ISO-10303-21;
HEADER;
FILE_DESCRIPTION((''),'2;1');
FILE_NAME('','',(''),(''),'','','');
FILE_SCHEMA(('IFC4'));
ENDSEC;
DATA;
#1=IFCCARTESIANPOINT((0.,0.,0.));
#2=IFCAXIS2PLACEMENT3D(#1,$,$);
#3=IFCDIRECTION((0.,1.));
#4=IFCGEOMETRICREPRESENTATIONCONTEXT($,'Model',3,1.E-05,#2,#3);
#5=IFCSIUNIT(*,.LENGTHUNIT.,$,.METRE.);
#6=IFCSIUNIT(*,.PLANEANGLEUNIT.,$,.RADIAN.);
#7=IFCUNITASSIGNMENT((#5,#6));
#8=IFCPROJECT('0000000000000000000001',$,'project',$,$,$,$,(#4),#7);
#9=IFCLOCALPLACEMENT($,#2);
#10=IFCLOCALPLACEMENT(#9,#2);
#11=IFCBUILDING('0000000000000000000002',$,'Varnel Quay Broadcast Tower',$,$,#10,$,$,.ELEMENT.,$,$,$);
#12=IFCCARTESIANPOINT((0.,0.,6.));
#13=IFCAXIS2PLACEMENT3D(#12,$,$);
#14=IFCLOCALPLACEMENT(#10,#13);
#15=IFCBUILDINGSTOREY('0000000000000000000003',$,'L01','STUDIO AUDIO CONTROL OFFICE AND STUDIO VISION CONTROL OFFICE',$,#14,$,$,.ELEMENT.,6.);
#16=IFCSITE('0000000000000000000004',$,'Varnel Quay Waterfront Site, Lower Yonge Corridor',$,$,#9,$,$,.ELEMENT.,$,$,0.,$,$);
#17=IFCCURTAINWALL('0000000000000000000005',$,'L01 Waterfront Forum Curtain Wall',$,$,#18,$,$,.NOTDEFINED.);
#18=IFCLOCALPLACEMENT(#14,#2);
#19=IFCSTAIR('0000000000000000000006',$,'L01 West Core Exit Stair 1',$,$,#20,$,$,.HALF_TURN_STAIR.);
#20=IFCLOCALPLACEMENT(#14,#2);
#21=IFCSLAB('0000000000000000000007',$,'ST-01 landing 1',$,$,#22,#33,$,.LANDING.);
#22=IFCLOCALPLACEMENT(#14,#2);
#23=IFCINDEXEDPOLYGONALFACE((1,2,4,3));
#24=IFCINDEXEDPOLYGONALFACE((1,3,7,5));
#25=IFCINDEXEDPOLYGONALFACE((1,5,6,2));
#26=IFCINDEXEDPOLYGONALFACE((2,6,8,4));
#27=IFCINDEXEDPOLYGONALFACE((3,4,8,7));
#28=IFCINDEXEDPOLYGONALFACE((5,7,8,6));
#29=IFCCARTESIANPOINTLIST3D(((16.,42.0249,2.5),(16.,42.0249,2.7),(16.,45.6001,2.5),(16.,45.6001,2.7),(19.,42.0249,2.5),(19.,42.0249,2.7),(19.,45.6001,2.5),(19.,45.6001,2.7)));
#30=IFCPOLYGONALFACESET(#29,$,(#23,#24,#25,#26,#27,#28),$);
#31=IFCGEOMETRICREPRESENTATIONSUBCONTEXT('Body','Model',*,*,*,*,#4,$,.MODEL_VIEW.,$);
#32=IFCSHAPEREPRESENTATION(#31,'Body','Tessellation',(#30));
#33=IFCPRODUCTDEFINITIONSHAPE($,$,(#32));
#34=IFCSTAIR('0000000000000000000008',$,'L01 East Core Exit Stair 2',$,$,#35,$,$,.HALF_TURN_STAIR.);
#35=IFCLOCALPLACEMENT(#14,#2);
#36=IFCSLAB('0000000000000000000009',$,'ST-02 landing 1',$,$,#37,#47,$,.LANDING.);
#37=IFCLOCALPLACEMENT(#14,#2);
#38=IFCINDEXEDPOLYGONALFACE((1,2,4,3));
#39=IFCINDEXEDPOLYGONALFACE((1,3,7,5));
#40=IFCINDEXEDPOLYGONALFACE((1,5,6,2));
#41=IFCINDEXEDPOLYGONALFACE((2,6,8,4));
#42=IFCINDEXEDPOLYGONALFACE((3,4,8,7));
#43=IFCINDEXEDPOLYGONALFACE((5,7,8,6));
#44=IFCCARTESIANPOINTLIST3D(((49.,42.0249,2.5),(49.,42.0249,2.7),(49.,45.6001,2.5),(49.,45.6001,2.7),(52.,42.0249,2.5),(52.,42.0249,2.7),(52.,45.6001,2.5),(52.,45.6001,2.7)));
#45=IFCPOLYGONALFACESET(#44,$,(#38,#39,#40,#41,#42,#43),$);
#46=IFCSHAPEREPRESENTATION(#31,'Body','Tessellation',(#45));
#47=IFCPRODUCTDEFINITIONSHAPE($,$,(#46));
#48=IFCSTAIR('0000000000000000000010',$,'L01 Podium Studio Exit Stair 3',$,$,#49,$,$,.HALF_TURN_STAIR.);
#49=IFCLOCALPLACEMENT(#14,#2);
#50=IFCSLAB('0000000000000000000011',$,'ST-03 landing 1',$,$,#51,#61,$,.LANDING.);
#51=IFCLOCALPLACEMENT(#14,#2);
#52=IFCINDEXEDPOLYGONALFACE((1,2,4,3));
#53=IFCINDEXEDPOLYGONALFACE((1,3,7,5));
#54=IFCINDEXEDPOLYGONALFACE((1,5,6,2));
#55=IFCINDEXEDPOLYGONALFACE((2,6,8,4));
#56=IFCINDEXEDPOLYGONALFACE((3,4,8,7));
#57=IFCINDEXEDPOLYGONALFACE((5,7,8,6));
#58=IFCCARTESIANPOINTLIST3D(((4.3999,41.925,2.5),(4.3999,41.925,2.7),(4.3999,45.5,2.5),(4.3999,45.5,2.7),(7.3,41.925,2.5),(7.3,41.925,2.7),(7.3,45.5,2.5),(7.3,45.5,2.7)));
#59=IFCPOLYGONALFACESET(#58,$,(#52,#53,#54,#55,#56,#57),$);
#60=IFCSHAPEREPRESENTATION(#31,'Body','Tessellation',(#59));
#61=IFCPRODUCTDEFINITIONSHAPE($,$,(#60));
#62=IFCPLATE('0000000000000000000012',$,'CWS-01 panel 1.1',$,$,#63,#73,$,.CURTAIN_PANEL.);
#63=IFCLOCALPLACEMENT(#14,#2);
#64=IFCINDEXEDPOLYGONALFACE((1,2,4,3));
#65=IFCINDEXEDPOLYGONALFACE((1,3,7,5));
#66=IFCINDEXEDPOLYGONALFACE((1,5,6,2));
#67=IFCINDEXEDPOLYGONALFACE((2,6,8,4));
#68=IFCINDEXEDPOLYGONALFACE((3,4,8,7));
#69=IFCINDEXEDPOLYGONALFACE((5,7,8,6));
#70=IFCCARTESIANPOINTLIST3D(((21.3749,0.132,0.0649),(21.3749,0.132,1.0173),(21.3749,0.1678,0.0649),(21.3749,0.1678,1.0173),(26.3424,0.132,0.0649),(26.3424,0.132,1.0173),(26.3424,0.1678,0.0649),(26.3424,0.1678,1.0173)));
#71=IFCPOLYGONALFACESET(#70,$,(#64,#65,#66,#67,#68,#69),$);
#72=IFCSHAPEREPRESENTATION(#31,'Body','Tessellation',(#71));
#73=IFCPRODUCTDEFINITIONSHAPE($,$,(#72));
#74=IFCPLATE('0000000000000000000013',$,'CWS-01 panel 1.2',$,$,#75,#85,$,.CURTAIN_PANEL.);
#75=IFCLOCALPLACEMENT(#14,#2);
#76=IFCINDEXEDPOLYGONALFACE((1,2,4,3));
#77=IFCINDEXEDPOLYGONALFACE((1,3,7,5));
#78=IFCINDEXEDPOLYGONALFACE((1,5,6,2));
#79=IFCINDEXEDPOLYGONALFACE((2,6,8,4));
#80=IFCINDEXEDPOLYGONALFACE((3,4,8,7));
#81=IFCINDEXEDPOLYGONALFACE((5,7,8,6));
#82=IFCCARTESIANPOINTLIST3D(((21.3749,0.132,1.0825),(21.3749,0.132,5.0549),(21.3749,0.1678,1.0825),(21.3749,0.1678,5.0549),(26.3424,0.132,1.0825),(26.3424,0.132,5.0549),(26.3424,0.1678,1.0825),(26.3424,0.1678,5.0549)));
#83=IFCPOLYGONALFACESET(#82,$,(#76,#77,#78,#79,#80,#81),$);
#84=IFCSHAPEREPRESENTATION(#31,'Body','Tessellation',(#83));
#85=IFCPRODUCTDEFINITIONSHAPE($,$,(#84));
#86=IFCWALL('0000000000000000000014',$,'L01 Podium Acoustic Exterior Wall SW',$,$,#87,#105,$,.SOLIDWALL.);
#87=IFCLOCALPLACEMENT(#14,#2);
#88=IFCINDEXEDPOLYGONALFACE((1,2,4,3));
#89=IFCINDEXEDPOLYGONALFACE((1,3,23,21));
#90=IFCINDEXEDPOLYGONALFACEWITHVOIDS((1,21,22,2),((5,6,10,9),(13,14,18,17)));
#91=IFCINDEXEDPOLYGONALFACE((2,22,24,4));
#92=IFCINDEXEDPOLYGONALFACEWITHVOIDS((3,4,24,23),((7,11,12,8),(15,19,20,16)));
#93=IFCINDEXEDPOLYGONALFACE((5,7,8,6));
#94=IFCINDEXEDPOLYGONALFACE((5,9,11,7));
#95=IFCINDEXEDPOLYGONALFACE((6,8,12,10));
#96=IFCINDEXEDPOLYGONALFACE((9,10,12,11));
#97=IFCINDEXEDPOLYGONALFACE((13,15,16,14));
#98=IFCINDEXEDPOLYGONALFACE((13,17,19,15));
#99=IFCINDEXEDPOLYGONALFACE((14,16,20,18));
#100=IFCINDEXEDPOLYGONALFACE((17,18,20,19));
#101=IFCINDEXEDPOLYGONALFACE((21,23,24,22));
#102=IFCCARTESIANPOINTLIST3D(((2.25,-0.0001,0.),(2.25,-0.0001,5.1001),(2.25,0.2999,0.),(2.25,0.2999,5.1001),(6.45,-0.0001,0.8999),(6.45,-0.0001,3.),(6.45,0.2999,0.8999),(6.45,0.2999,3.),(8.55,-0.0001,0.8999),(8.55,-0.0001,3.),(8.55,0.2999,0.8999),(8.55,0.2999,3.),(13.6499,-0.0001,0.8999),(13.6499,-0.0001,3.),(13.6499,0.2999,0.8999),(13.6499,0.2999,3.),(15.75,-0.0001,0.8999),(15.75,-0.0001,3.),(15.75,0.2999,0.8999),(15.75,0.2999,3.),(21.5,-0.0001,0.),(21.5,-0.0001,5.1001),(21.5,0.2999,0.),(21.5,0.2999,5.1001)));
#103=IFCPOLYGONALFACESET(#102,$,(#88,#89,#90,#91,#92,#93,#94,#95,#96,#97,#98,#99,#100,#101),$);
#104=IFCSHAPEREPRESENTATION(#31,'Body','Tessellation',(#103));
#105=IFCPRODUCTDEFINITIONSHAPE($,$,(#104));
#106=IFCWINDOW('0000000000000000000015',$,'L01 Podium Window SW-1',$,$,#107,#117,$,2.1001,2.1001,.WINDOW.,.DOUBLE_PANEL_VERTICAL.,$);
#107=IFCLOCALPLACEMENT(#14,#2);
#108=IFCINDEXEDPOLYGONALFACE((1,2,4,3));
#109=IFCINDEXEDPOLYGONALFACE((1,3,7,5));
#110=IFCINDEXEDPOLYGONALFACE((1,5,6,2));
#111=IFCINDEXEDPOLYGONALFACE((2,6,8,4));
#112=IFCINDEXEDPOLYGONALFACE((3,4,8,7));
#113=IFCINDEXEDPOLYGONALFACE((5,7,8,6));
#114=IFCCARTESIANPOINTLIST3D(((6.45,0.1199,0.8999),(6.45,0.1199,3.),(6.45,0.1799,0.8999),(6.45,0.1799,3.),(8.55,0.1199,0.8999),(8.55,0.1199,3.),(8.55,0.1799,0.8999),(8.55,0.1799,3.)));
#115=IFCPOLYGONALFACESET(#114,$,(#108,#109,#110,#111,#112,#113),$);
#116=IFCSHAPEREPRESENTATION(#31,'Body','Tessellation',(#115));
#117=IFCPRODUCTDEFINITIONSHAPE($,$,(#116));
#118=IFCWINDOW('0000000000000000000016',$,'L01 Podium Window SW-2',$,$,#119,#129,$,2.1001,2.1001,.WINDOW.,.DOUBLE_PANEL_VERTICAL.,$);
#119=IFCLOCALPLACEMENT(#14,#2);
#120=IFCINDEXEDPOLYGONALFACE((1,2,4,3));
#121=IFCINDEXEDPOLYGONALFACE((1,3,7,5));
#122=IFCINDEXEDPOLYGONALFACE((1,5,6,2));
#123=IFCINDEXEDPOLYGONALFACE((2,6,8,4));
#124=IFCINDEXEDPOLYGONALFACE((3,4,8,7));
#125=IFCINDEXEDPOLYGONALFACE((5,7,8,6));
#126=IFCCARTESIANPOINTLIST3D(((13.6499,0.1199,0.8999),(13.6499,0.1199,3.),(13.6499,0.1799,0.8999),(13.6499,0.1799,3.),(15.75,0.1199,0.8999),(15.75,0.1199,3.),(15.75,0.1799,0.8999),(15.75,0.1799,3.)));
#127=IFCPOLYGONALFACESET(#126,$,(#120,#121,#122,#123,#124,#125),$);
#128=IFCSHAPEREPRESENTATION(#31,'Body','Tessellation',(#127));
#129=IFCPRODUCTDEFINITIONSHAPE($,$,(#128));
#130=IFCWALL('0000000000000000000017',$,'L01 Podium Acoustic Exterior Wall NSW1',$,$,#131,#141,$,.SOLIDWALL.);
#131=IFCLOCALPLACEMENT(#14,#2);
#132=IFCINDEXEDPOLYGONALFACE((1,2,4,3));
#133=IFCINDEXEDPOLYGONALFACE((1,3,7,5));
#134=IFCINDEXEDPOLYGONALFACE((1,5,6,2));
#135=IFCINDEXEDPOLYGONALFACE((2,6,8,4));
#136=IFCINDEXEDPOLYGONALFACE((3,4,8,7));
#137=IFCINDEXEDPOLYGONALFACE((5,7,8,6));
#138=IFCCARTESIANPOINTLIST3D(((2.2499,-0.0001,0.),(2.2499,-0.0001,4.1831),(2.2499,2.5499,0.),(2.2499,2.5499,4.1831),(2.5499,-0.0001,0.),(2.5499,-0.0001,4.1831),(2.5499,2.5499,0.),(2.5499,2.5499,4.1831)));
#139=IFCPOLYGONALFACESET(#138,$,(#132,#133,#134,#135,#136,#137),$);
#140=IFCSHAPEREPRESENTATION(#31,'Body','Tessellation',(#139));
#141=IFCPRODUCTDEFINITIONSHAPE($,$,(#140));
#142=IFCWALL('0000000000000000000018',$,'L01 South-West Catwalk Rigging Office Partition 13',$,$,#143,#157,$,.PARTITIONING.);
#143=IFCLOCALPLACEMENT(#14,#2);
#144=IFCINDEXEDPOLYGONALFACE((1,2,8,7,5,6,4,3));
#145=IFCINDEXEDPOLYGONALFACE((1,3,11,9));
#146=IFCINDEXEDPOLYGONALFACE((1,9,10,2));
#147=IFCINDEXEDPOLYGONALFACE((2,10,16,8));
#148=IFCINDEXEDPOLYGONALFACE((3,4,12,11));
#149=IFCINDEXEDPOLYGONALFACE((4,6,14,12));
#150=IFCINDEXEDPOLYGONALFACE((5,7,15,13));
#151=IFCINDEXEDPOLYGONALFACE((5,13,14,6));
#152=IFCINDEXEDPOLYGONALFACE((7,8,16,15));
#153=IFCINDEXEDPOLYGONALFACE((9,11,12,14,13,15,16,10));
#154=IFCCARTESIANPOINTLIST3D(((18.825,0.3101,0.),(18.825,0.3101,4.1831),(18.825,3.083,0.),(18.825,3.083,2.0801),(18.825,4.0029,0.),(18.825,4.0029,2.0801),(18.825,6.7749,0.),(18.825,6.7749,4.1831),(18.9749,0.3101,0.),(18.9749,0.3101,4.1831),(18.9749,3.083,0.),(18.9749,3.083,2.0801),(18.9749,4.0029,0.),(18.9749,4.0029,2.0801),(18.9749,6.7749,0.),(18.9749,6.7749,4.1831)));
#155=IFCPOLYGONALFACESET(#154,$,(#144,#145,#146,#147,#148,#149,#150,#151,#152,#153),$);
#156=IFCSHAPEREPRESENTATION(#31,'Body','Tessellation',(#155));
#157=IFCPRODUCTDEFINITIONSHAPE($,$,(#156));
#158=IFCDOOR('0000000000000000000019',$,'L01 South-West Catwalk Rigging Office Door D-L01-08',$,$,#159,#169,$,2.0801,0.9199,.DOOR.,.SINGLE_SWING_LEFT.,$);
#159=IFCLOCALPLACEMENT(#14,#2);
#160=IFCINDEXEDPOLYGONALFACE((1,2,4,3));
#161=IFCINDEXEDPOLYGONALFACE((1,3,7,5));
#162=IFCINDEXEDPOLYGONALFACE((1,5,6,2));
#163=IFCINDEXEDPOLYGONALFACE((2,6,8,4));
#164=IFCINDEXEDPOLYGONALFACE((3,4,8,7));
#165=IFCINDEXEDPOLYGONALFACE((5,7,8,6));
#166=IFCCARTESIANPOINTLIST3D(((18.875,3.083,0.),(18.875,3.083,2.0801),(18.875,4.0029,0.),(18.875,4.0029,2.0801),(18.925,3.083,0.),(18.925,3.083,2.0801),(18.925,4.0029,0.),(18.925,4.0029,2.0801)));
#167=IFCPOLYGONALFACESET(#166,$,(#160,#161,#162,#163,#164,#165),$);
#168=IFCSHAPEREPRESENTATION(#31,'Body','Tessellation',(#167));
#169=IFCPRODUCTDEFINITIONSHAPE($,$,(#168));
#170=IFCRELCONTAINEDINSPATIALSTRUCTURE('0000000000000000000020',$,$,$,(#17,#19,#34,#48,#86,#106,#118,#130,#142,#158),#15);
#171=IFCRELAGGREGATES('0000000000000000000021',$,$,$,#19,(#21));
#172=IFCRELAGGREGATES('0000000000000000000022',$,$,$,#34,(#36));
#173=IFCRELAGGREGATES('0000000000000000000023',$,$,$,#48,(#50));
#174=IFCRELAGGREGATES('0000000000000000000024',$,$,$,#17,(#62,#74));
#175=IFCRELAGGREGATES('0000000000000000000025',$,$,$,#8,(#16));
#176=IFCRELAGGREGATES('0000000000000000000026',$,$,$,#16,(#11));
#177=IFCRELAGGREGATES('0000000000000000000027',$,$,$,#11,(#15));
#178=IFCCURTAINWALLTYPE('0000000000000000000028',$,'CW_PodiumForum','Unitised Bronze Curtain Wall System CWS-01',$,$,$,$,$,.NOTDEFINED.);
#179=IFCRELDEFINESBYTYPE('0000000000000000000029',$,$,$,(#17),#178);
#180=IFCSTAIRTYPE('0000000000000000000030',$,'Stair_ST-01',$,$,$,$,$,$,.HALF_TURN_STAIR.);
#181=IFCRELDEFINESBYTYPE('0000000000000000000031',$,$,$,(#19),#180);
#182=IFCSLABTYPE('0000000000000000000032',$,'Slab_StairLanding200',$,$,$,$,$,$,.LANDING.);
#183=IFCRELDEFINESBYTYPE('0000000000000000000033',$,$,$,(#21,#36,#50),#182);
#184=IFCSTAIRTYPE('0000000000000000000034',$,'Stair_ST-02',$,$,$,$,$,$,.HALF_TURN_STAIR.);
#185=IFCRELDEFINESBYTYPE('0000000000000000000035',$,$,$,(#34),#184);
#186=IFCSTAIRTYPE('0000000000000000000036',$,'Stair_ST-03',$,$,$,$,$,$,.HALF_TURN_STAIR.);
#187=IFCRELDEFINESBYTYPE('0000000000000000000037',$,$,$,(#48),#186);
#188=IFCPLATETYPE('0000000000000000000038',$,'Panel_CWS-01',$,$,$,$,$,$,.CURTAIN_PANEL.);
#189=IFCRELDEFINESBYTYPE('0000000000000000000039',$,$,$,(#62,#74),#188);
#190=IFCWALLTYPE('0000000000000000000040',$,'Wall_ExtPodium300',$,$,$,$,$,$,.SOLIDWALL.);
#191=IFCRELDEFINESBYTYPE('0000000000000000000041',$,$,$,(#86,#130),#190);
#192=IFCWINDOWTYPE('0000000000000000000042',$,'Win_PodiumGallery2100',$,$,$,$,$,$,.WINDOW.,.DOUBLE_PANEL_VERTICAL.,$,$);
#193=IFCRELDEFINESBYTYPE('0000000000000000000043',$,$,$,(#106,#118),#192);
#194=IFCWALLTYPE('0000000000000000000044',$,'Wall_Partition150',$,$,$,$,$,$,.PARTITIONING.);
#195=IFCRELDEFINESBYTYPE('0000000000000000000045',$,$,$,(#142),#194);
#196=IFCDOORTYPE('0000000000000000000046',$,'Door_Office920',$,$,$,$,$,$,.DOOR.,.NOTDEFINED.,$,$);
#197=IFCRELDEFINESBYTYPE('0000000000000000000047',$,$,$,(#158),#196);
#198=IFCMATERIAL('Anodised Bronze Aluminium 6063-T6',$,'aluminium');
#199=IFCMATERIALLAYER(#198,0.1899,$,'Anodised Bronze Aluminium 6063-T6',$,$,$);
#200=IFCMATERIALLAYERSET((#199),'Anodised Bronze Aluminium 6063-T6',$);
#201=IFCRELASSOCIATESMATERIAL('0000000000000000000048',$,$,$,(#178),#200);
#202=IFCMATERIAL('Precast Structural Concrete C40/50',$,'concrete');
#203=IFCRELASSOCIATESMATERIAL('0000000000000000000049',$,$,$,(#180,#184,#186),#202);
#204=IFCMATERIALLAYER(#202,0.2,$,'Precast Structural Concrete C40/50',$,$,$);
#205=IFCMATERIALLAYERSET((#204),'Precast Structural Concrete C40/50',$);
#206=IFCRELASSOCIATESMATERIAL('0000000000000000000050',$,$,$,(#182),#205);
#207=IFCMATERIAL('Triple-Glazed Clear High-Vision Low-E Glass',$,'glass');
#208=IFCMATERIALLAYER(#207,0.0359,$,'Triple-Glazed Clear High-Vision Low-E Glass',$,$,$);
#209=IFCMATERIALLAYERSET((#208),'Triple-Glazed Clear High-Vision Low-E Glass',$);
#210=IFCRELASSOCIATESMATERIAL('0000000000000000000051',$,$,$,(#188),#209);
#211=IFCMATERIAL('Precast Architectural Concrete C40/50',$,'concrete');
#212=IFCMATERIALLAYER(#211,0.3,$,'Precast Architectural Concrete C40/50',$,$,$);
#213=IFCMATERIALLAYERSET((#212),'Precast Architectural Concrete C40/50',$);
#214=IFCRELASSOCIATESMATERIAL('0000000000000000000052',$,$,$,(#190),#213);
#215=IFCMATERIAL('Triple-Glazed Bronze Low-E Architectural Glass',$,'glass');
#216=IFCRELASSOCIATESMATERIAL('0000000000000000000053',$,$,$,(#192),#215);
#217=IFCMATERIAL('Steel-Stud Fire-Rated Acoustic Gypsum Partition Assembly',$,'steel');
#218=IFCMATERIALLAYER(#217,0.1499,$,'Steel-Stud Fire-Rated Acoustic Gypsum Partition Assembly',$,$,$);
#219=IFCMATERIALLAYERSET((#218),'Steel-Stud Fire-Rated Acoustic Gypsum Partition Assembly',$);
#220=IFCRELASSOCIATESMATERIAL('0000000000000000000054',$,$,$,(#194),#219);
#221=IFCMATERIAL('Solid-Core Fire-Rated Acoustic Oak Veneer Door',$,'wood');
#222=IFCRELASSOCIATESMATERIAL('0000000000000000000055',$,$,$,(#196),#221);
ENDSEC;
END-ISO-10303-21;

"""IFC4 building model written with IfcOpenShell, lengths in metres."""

from ifc_helpers import new_model, si_unit, direction, frame, frame_2d, origin, origin_2d, place, context, subcontext, project, spatial, polyline, rectangle, outline, extrude, source, transform, mapped, material, layer, layer_set, type_object, type_shapes, element, fill, aggregate, save


model = new_model("IFC4")

# Units and contexts
model_context = context("Model", 3, precision=1e-05, world=origin(), true_north=direction((0.0, 1.0)))
body_context = subcontext(model_context, "Body", "Model", "MODEL_VIEW")
ifc_project = project(units=[si_unit("LENGTHUNIT", "METRE"), si_unit("PLANEANGLEUNIT", "RADIAN")], contexts=[model_context])

# Site, building, storey
site_placement = place(None, origin())
site = spatial("IfcSite", under=ifc_project, at=site_placement, Name="Varnel Quay Waterfront Site, Lower Yonge Corridor", CompositionType="ELEMENT", RefElevation=0.0)
building_placement = place(site_placement, origin())
building = spatial("IfcBuilding", under=site, at=building_placement, Name="Varnel Quay Broadcast Tower", CompositionType="ELEMENT")
storey_placement = place(building_placement, frame((0.0, 0.0, 6.0)))
storey = spatial("IfcBuildingStorey", under=building, at=storey_placement, Name="L01", Description="STUDIO AUDIO CONTROL OFFICE AND STUDIO VISION CONTROL OFFICE", CompositionType="ELEMENT", Elevation=6.0)

# Curtain wall
ifc_material_1 = material(Name="Anodised Bronze Aluminium 6063-T6", Category="aluminium")
ifc_layer_1 = layer(ifc_material_1, 0.1899, Name="Anodised Bronze Aluminium 6063-T6")
ifc_layer_set_1 = layer_set([ifc_layer_1], Name="Anodised Bronze Aluminium 6063-T6")
curtain_wall_type = type_object("IfcCurtainWallType", Name="CW_PodiumForum", Description="Unitised Bronze Curtain Wall System CWS-01", PredefinedType="NOTDEFINED", material=ifc_layer_set_1)
curtain_wall_placement = place(storey_placement, origin())
curtain_wall = element("IfcCurtainWall", 1, at=curtain_wall_placement, inside=storey, type_object=curtain_wall_type, Name="L01 Waterfront Forum Curtain Wall", PredefinedType="NOTDEFINED")

# Stairs, slabs
ifc_material_2 = material(Name="Precast Structural Concrete C40/50", Category="concrete")
stair_type_1 = type_object("IfcStairType", Name="Stair_ST-01", PredefinedType="HALF_TURN_STAIR", material=ifc_material_2)
stair_1_placement = place(storey_placement, origin())
stair_1 = element("IfcStair", 2, at=stair_1_placement, inside=storey, type_object=stair_type_1, Name="L01 West Core Exit Stair 1", PredefinedType="HALF_TURN_STAIR")
ifc_layer_2 = layer(ifc_material_2, 0.2, Name="Precast Structural Concrete C40/50")
ifc_layer_set_2 = layer_set([ifc_layer_2], Name="Precast Structural Concrete C40/50")
slab_type_1 = type_object("IfcSlabType", Name="Slab_StairLanding200", PredefinedType="LANDING", material=ifc_layer_set_2)
slab_1_placement = place(storey_placement, frame((0.0, 0.0, 2.5)))
slab_1 = element("IfcSlab", 3, at=slab_1_placement, type_object=slab_type_1, Name="ST-01 landing 1", PredefinedType="LANDING", context=body_context, shape_type="SweptSolid", body=[
    extrude(outline(polyline([(19.0, 42.0249), (19.0, 45.6001), (16.0, 45.6001), (16.0, 42.0249), (19.0, 42.0249)])), origin(), (0.0, 0.0, 1.0), 0.2),
])
aggregate(stair_1, [slab_1])
stair_type_2 = type_object("IfcStairType", Name="Stair_ST-02", PredefinedType="HALF_TURN_STAIR", material=ifc_material_2)
stair_2_placement = place(storey_placement, origin())
stair_2 = element("IfcStair", 4, at=stair_2_placement, inside=storey, type_object=stair_type_2, Name="L01 East Core Exit Stair 2", PredefinedType="HALF_TURN_STAIR")
slab_2_placement = place(storey_placement, frame((0.0, 0.0, 2.5)))
slab_2 = element("IfcSlab", 5, at=slab_2_placement, type_object=slab_type_1, Name="ST-02 landing 1", PredefinedType="LANDING", context=body_context, shape_type="SweptSolid", body=[
    extrude(outline(polyline([(52.0, 42.0249), (52.0, 45.6001), (49.0, 45.6001), (49.0, 42.0249), (52.0, 42.0249)])), origin(), (0.0, 0.0, 1.0), 0.2),
])
aggregate(stair_2, [slab_2])
stair_type_3 = type_object("IfcStairType", Name="Stair_ST-03", PredefinedType="HALF_TURN_STAIR", material=ifc_material_2)
stair_3_placement = place(storey_placement, origin())
stair_3 = element("IfcStair", 6, at=stair_3_placement, inside=storey, type_object=stair_type_3, Name="L01 Podium Studio Exit Stair 3", PredefinedType="HALF_TURN_STAIR")
slab_3_placement = place(storey_placement, frame((0.0, 0.0, 2.5)))
slab_3 = element("IfcSlab", 7, at=slab_3_placement, type_object=slab_type_1, Name="ST-03 landing 1", PredefinedType="LANDING", context=body_context, shape_type="SweptSolid", body=[
    extrude(outline(polyline([(7.3, 41.925), (7.3, 45.5), (4.3999, 45.5), (4.3999, 41.925), (7.3, 41.925)])), origin(), (0.0, 0.0, 1.0), 0.2),
])
aggregate(stair_3, [slab_3])

# Plates
ifc_material_3 = material(Name="Triple-Glazed Clear High-Vision Low-E Glass", Category="glass")
ifc_layer_3 = layer(ifc_material_3, 0.0359, Name="Triple-Glazed Clear High-Vision Low-E Glass")
ifc_layer_set_3 = layer_set([ifc_layer_3], Name="Triple-Glazed Clear High-Vision Low-E Glass")
plate_type = type_object("IfcPlateType", Name="Panel_CWS-01", PredefinedType="CURTAIN_PANEL", material=ifc_layer_set_3)
shared_shape_1 = source(origin(), body_context, "Body", "SweptSolid", [
    extrude(rectangle(XDim=4.9675, YDim=0.0359, at=origin_2d()), origin(), (0.0, 0.0, 1.0), 0.9524),
])
plate_1_placement = place(storey_placement, frame((23.8586, 0.1499, 0.0649), z_axis=(0.0, 0.0, 1.0), x_axis=(1.0, 0.0, 0.0)))
plate_1 = element("IfcPlate", 8, at=plate_1_placement, type_object=plate_type, Name="CWS-01 panel 1.1", PredefinedType="CURTAIN_PANEL", context=body_context, shape_type="MappedRepresentation", body=[
    mapped(shared_shape_1, transform((0.0, 0.0, 0.0), x_axis=(1.0, 0.0, 0.0), y_axis=(0.0, 1.0, 0.0), z_axis=(0.0, 0.0, 1.0), scale=1.0)),
])
shared_shape_2 = source(origin(), body_context, "Body", "SweptSolid", [
    extrude(rectangle(XDim=4.9675, YDim=0.0359, at=origin_2d()), origin(), (0.0, 0.0, 1.0), 3.9724),
])
type_shapes(plate_type, [shared_shape_1, shared_shape_2])
plate_2_placement = place(storey_placement, frame((23.8586, 0.1499, 1.0825), z_axis=(0.0, 0.0, 1.0), x_axis=(1.0, 0.0, 0.0)))
plate_2 = element("IfcPlate", 9, at=plate_2_placement, type_object=plate_type, Name="CWS-01 panel 1.2", PredefinedType="CURTAIN_PANEL", context=body_context, shape_type="MappedRepresentation", body=[
    mapped(shared_shape_2, transform((0.0, 0.0, 0.0), x_axis=(1.0, 0.0, 0.0), y_axis=(0.0, 1.0, 0.0), z_axis=(0.0, 0.0, 1.0), scale=1.0)),
])
aggregate(curtain_wall, [plate_1, plate_2])

# Wall, openings, windows
ifc_material_4 = material(Name="Precast Architectural Concrete C40/50", Category="concrete")
ifc_layer_4 = layer(ifc_material_4, 0.3, Name="Precast Architectural Concrete C40/50")
ifc_layer_set_4 = layer_set([ifc_layer_4], Name="Precast Architectural Concrete C40/50")
wall_type_1 = type_object("IfcWallType", Name="Wall_ExtPodium300", PredefinedType="SOLIDWALL", material=ifc_layer_set_4)
wall_1_placement = place(storey_placement, frame((2.25, 0.1499, 0.0), z_axis=(0.0, 0.0, 1.0), x_axis=(1.0, 0.0, 0.0)))
wall_1 = element("IfcWall", 10, at=wall_1_placement, inside=storey, type_object=wall_type_1, Name="L01 Podium Acoustic Exterior Wall SW", PredefinedType="SOLIDWALL", context=body_context, shape_type="SweptSolid", body=[
    extrude(rectangle(XDim=19.25, YDim=0.3, at=frame_2d((9.625, 0.0))), origin(), (0.0, 0.0, 1.0), 5.1001),
])
opening_1_placement = place(wall_1_placement, frame((4.2, 0.0, 0.8999)))
opening_1 = element("IfcOpeningElement", 11, at=opening_1_placement, cuts=wall_1, PredefinedType="OPENING", context=body_context, shape_type="SweptSolid", body=[
    extrude(rectangle(XDim=2.1001, YDim=2.1001, at=frame_2d((1.05, 1.05))), frame((0.0, 0.1602, 0.0), z_axis=(0.0, -1.0, 0.0), x_axis=(1.0, 0.0, 0.0)), (0.0, 0.0, 1.0), 0.3201),
])
opening_2_placement = place(wall_1_placement, frame((11.3999, 0.0, 0.8999)))
opening_2 = element("IfcOpeningElement", 12, at=opening_2_placement, cuts=wall_1, PredefinedType="OPENING", context=body_context, shape_type="SweptSolid", body=[
    extrude(rectangle(XDim=2.1001, YDim=2.1001, at=frame_2d((1.05, 1.05))), frame((0.0, 0.1602, 0.0), z_axis=(0.0, -1.0, 0.0), x_axis=(1.0, 0.0, 0.0)), (0.0, 0.0, 1.0), 0.3201),
])
ifc_material_5 = material(Name="Triple-Glazed Bronze Low-E Architectural Glass", Category="glass")
window_type_1 = type_object("IfcWindowType", Name="Win_PodiumGallery2100", PartitioningType="DOUBLE_PANEL_VERTICAL", PredefinedType="WINDOW", material=ifc_material_5)
shared_shape_3 = source(origin(), body_context, "Body", "SweptSolid", [
    extrude(rectangle(XDim=2.1001, YDim=2.1001, at=frame_2d((1.05, 1.05))), frame((0.0, 0.03, 0.0), z_axis=(0.0, -1.0, 0.0), x_axis=(1.0, 0.0, 0.0)), (0.0, 0.0, 1.0), 0.0601),
])
type_shapes(window_type_1, [shared_shape_3])
window_1_placement = place(opening_1_placement, origin())
window_1 = element("IfcWindow", 13, at=window_1_placement, inside=storey, type_object=window_type_1, Name="L01 Podium Window SW-1", OverallHeight=2.1001, OverallWidth=2.1001, PartitioningType="DOUBLE_PANEL_VERTICAL", PredefinedType="WINDOW", context=body_context, shape_type="MappedRepresentation", body=[
    mapped(shared_shape_3, transform((0.0, 0.0, 0.0), x_axis=(1.0, 0.0, 0.0), y_axis=(0.0, 1.0, 0.0), z_axis=(0.0, 0.0, 1.0), scale=1.0)),
])
fill(opening_1, window_1)
window_2_placement = place(opening_2_placement, origin())
window_2 = element("IfcWindow", 14, at=window_2_placement, inside=storey, type_object=window_type_1, Name="L01 Podium Window SW-2", OverallHeight=2.1001, OverallWidth=2.1001, PartitioningType="DOUBLE_PANEL_VERTICAL", PredefinedType="WINDOW", context=body_context, shape_type="MappedRepresentation", body=[
    mapped(shared_shape_3, transform((0.0, 0.0, 0.0), x_axis=(1.0, 0.0, 0.0), y_axis=(0.0, 1.0, 0.0), z_axis=(0.0, 0.0, 1.0), scale=1.0)),
])
fill(opening_2, window_2)

# Wall
wall_2_placement = place(storey_placement, frame((2.3999, 0.0, 0.0), z_axis=(0.0, 0.0, 1.0), x_axis=(0.0, 1.0, 0.0)))
element("IfcWall", 15, at=wall_2_placement, inside=storey, type_object=wall_type_1, Name="L01 Podium Acoustic Exterior Wall NSW1", PredefinedType="SOLIDWALL", context=body_context, shape_type="SweptSolid", body=[
    extrude(rectangle(XDim=2.55, YDim=0.3, at=frame_2d((1.2749, 0.0))), origin(), (0.0, 0.0, 1.0), 4.1831),
])

# Wall, opening, door
ifc_material_6 = material(Name="Steel-Stud Fire-Rated Acoustic Gypsum Partition Assembly", Category="steel")
ifc_layer_5 = layer(ifc_material_6, 0.1499, Name="Steel-Stud Fire-Rated Acoustic Gypsum Partition Assembly")
ifc_layer_set_5 = layer_set([ifc_layer_5], Name="Steel-Stud Fire-Rated Acoustic Gypsum Partition Assembly")
wall_type_2 = type_object("IfcWallType", Name="Wall_Partition150", PredefinedType="PARTITIONING", material=ifc_layer_set_5)
wall_3_placement = place(storey_placement, frame((18.8999, 0.3101, 0.0), z_axis=(0.0, 0.0, 1.0), x_axis=(0.0, 1.0, 0.0)))
wall_3 = element("IfcWall", 16, at=wall_3_placement, inside=storey, type_object=wall_type_2, Name="L01 South-West Catwalk Rigging Office Partition 13", PredefinedType="PARTITIONING", context=body_context, shape_type="SweptSolid", body=[
    extrude(rectangle(XDim=6.4648, YDim=0.1499, at=frame_2d((3.2324, 0.0))), origin(), (0.0, 0.0, 1.0), 4.1831),
])
opening_3_placement = place(wall_3_placement, frame((2.7729, 0.0, 0.0)))
opening_3 = element("IfcOpeningElement", 17, at=opening_3_placement, cuts=wall_3, PredefinedType="OPENING", context=body_context, shape_type="SweptSolid", body=[
    extrude(rectangle(XDim=0.9199, YDim=2.0801, at=frame_2d((0.46, 1.04))), frame((0.0, 0.085, 0.0), z_axis=(0.0, -1.0, 0.0), x_axis=(1.0, 0.0, 0.0)), (0.0, 0.0, 1.0), 0.1699),
])
ifc_material_7 = material(Name="Solid-Core Fire-Rated Acoustic Oak Veneer Door", Category="wood")
door_type_1 = type_object("IfcDoorType", Name="Door_Office920", OperationType="NOTDEFINED", PredefinedType="DOOR", material=ifc_material_7)
shared_shape_4 = source(origin(), body_context, "Body", "SweptSolid", [
    extrude(rectangle(XDim=0.9199, YDim=2.0801, at=frame_2d((0.46, 1.04))), frame((0.0, 0.0249, 0.0), z_axis=(0.0, -1.0, 0.0), x_axis=(1.0, 0.0, 0.0)), (0.0, 0.0, 1.0), 0.05),
])
type_shapes(door_type_1, [shared_shape_4])
door_1_placement = place(opening_3_placement, origin())
door_1 = element("IfcDoor", 18, at=door_1_placement, inside=storey, type_object=door_type_1, Name="L01 South-West Catwalk Rigging Office Door D-L01-08", OperationType="SINGLE_SWING_LEFT", OverallHeight=2.0801, OverallWidth=0.9199, PredefinedType="DOOR", context=body_context, shape_type="MappedRepresentation", body=[
    mapped(shared_shape_4, transform((0.0, 0.0, 0.0), x_axis=(1.0, 0.0, 0.0), y_axis=(0.0, 1.0, 0.0), z_axis=(0.0, 0.0, 1.0), scale=1.0)),
])
fill(opening_3, door_1)

save(model, "model.ifc")
